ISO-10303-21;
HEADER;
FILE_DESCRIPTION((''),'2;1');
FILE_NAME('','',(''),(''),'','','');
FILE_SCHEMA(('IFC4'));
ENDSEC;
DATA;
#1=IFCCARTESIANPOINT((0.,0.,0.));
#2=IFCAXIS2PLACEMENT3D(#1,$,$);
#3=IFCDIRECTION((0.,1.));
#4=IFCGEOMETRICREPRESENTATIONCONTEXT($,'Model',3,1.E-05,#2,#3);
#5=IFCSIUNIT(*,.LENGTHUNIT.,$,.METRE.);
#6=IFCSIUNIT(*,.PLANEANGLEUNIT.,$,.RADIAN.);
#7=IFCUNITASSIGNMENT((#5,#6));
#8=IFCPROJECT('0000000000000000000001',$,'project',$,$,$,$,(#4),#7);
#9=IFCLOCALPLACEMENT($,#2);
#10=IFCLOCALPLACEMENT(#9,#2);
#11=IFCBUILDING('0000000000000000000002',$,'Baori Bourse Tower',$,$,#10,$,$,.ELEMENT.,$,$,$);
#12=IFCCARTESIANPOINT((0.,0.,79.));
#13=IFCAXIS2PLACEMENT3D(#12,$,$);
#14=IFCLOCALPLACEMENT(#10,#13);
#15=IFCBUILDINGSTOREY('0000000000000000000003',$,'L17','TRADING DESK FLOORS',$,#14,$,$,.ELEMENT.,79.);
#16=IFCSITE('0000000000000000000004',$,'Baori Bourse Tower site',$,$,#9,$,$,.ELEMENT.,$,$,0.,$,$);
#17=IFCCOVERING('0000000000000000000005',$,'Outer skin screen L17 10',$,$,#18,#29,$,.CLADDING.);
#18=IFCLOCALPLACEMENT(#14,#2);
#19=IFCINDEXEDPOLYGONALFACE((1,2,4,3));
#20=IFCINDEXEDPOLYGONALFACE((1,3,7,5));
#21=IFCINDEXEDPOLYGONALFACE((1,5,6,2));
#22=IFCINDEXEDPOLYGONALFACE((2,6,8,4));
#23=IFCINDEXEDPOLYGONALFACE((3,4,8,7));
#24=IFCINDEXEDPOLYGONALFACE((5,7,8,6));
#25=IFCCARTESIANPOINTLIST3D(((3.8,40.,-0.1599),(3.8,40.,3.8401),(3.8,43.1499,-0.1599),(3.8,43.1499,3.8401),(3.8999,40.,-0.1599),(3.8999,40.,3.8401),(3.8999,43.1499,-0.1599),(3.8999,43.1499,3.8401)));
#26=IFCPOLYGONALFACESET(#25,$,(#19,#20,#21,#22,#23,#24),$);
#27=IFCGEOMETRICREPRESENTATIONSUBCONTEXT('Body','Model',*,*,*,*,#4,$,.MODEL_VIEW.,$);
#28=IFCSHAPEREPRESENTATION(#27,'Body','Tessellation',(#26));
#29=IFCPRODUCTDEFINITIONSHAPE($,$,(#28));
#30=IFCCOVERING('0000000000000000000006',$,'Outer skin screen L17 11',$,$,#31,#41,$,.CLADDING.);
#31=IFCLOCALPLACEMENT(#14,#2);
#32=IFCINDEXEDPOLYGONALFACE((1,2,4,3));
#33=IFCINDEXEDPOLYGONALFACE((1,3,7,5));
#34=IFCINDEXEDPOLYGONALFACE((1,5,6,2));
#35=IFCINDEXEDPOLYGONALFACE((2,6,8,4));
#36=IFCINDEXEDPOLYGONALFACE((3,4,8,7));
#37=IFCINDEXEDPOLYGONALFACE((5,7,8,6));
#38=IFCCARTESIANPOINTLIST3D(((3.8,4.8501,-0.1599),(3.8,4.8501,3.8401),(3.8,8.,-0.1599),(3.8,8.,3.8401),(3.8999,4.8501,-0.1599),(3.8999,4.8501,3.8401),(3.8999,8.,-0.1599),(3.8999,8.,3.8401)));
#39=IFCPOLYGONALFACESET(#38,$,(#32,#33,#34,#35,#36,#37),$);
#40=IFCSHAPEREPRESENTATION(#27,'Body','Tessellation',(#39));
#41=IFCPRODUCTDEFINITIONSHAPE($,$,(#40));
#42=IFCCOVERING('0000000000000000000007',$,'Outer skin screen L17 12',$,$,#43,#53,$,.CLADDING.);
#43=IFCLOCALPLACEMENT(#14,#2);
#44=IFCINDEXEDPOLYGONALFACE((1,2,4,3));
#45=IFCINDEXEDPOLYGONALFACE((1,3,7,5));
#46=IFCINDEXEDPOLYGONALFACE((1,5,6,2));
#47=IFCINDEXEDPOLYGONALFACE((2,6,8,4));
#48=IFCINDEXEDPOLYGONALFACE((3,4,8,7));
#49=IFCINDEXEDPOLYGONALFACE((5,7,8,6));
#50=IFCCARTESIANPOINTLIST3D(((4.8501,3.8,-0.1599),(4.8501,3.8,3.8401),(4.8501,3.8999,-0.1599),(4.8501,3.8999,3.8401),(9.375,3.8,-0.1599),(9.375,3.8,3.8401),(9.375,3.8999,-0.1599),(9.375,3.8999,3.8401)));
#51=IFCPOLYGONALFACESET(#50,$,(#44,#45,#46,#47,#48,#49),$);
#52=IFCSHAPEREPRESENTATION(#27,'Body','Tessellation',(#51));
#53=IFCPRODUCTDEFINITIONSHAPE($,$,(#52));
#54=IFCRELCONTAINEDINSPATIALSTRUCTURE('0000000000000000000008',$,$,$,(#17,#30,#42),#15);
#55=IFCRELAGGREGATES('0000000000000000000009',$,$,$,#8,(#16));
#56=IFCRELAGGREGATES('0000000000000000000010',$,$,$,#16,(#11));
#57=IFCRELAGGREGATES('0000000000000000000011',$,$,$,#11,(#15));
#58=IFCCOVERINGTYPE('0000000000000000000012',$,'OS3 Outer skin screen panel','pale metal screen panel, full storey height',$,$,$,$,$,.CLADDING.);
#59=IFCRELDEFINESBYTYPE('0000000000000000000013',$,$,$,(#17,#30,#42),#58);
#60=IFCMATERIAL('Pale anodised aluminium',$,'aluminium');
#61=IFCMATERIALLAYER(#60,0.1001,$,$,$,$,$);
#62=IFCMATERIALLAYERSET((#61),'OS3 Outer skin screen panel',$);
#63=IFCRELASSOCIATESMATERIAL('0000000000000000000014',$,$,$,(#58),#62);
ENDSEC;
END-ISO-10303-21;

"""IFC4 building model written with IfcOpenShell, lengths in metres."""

from ifc_helpers import new_model, si_unit, direction, frame, origin, place, context, subcontext, project, spatial, polyline, outline, extrude, material, layer, layer_set, type_object, element, save


model = new_model("IFC4")

# Units and contexts
model_context = context("Model", 3, precision=1e-05, world=origin(), true_north=direction((0.0, 1.0)))
body_context = subcontext(model_context, "Body", "Model", "MODEL_VIEW")
ifc_project = project(units=[si_unit("LENGTHUNIT", "METRE"), si_unit("PLANEANGLEUNIT", "RADIAN")], contexts=[model_context])

# Site, building, storey
site_placement = place(None, origin())
site = spatial("IfcSite", under=ifc_project, at=site_placement, Name="Baori Bourse Tower site", CompositionType="ELEMENT", RefElevation=0.0)
building_placement = place(site_placement, origin())
building = spatial("IfcBuilding", under=site, at=building_placement, Name="Baori Bourse Tower", CompositionType="ELEMENT")
storey_placement = place(building_placement, frame((0.0, 0.0, 79.0)))
storey = spatial("IfcBuildingStorey", under=building, at=storey_placement, Name="L17", Description="TRADING DESK FLOORS", CompositionType="ELEMENT", Elevation=79.0)

# Coverings
ifc_material_1 = material(Name="Pale anodised aluminium", Category="aluminium")
ifc_layer_1 = layer(ifc_material_1, 0.1001)
ifc_layer_set_1 = layer_set([ifc_layer_1], Name="OS3 Outer skin screen panel")
covering_type = type_object("IfcCoveringType", Name="OS3 Outer skin screen panel", Description="pale metal screen panel, full storey height", PredefinedType="CLADDING", material=ifc_layer_set_1)
covering_1_placement = place(storey_placement, frame((0.0, 0.0, -0.1599)))
element("IfcCovering", 1, at=covering_1_placement, inside=storey, type_object=covering_type, Name="Outer skin screen L17 10", PredefinedType="CLADDING", context=body_context, shape_type="SweptSolid", body=[
    extrude(outline(polyline([(3.8999, 40.0), (3.8999, 43.1499), (3.8, 43.1499), (3.8, 40.0), (3.8999, 40.0), (3.8999, 40.0)])), origin(), (0.0, 0.0, 1.0), 4.0),
])
covering_2_placement = place(storey_placement, frame((0.0, 0.0, -0.1599)))
element("IfcCovering", 2, at=covering_2_placement, inside=storey, type_object=covering_type, Name="Outer skin screen L17 11", PredefinedType="CLADDING", context=body_context, shape_type="SweptSolid", body=[
    extrude(outline(polyline([(3.8999, 4.8501), (3.8999, 8.0), (3.8999, 8.0), (3.8, 8.0), (3.8, 4.8501), (3.8999, 4.8501)])), origin(), (0.0, 0.0, 1.0), 4.0),
])
covering_3_placement = place(storey_placement, frame((0.0, 0.0, -0.1599)))
element("IfcCovering", 3, at=covering_3_placement, inside=storey, type_object=covering_type, Name="Outer skin screen L17 12", PredefinedType="CLADDING", context=body_context, shape_type="SweptSolid", body=[
    extrude(outline(polyline([(9.375, 3.8999), (4.8501, 3.8999), (4.8501, 3.8), (9.375, 3.8), (9.375, 3.8999)])), origin(), (0.0, 0.0, 1.0), 4.0),
])

save(model, "model.ifc")
